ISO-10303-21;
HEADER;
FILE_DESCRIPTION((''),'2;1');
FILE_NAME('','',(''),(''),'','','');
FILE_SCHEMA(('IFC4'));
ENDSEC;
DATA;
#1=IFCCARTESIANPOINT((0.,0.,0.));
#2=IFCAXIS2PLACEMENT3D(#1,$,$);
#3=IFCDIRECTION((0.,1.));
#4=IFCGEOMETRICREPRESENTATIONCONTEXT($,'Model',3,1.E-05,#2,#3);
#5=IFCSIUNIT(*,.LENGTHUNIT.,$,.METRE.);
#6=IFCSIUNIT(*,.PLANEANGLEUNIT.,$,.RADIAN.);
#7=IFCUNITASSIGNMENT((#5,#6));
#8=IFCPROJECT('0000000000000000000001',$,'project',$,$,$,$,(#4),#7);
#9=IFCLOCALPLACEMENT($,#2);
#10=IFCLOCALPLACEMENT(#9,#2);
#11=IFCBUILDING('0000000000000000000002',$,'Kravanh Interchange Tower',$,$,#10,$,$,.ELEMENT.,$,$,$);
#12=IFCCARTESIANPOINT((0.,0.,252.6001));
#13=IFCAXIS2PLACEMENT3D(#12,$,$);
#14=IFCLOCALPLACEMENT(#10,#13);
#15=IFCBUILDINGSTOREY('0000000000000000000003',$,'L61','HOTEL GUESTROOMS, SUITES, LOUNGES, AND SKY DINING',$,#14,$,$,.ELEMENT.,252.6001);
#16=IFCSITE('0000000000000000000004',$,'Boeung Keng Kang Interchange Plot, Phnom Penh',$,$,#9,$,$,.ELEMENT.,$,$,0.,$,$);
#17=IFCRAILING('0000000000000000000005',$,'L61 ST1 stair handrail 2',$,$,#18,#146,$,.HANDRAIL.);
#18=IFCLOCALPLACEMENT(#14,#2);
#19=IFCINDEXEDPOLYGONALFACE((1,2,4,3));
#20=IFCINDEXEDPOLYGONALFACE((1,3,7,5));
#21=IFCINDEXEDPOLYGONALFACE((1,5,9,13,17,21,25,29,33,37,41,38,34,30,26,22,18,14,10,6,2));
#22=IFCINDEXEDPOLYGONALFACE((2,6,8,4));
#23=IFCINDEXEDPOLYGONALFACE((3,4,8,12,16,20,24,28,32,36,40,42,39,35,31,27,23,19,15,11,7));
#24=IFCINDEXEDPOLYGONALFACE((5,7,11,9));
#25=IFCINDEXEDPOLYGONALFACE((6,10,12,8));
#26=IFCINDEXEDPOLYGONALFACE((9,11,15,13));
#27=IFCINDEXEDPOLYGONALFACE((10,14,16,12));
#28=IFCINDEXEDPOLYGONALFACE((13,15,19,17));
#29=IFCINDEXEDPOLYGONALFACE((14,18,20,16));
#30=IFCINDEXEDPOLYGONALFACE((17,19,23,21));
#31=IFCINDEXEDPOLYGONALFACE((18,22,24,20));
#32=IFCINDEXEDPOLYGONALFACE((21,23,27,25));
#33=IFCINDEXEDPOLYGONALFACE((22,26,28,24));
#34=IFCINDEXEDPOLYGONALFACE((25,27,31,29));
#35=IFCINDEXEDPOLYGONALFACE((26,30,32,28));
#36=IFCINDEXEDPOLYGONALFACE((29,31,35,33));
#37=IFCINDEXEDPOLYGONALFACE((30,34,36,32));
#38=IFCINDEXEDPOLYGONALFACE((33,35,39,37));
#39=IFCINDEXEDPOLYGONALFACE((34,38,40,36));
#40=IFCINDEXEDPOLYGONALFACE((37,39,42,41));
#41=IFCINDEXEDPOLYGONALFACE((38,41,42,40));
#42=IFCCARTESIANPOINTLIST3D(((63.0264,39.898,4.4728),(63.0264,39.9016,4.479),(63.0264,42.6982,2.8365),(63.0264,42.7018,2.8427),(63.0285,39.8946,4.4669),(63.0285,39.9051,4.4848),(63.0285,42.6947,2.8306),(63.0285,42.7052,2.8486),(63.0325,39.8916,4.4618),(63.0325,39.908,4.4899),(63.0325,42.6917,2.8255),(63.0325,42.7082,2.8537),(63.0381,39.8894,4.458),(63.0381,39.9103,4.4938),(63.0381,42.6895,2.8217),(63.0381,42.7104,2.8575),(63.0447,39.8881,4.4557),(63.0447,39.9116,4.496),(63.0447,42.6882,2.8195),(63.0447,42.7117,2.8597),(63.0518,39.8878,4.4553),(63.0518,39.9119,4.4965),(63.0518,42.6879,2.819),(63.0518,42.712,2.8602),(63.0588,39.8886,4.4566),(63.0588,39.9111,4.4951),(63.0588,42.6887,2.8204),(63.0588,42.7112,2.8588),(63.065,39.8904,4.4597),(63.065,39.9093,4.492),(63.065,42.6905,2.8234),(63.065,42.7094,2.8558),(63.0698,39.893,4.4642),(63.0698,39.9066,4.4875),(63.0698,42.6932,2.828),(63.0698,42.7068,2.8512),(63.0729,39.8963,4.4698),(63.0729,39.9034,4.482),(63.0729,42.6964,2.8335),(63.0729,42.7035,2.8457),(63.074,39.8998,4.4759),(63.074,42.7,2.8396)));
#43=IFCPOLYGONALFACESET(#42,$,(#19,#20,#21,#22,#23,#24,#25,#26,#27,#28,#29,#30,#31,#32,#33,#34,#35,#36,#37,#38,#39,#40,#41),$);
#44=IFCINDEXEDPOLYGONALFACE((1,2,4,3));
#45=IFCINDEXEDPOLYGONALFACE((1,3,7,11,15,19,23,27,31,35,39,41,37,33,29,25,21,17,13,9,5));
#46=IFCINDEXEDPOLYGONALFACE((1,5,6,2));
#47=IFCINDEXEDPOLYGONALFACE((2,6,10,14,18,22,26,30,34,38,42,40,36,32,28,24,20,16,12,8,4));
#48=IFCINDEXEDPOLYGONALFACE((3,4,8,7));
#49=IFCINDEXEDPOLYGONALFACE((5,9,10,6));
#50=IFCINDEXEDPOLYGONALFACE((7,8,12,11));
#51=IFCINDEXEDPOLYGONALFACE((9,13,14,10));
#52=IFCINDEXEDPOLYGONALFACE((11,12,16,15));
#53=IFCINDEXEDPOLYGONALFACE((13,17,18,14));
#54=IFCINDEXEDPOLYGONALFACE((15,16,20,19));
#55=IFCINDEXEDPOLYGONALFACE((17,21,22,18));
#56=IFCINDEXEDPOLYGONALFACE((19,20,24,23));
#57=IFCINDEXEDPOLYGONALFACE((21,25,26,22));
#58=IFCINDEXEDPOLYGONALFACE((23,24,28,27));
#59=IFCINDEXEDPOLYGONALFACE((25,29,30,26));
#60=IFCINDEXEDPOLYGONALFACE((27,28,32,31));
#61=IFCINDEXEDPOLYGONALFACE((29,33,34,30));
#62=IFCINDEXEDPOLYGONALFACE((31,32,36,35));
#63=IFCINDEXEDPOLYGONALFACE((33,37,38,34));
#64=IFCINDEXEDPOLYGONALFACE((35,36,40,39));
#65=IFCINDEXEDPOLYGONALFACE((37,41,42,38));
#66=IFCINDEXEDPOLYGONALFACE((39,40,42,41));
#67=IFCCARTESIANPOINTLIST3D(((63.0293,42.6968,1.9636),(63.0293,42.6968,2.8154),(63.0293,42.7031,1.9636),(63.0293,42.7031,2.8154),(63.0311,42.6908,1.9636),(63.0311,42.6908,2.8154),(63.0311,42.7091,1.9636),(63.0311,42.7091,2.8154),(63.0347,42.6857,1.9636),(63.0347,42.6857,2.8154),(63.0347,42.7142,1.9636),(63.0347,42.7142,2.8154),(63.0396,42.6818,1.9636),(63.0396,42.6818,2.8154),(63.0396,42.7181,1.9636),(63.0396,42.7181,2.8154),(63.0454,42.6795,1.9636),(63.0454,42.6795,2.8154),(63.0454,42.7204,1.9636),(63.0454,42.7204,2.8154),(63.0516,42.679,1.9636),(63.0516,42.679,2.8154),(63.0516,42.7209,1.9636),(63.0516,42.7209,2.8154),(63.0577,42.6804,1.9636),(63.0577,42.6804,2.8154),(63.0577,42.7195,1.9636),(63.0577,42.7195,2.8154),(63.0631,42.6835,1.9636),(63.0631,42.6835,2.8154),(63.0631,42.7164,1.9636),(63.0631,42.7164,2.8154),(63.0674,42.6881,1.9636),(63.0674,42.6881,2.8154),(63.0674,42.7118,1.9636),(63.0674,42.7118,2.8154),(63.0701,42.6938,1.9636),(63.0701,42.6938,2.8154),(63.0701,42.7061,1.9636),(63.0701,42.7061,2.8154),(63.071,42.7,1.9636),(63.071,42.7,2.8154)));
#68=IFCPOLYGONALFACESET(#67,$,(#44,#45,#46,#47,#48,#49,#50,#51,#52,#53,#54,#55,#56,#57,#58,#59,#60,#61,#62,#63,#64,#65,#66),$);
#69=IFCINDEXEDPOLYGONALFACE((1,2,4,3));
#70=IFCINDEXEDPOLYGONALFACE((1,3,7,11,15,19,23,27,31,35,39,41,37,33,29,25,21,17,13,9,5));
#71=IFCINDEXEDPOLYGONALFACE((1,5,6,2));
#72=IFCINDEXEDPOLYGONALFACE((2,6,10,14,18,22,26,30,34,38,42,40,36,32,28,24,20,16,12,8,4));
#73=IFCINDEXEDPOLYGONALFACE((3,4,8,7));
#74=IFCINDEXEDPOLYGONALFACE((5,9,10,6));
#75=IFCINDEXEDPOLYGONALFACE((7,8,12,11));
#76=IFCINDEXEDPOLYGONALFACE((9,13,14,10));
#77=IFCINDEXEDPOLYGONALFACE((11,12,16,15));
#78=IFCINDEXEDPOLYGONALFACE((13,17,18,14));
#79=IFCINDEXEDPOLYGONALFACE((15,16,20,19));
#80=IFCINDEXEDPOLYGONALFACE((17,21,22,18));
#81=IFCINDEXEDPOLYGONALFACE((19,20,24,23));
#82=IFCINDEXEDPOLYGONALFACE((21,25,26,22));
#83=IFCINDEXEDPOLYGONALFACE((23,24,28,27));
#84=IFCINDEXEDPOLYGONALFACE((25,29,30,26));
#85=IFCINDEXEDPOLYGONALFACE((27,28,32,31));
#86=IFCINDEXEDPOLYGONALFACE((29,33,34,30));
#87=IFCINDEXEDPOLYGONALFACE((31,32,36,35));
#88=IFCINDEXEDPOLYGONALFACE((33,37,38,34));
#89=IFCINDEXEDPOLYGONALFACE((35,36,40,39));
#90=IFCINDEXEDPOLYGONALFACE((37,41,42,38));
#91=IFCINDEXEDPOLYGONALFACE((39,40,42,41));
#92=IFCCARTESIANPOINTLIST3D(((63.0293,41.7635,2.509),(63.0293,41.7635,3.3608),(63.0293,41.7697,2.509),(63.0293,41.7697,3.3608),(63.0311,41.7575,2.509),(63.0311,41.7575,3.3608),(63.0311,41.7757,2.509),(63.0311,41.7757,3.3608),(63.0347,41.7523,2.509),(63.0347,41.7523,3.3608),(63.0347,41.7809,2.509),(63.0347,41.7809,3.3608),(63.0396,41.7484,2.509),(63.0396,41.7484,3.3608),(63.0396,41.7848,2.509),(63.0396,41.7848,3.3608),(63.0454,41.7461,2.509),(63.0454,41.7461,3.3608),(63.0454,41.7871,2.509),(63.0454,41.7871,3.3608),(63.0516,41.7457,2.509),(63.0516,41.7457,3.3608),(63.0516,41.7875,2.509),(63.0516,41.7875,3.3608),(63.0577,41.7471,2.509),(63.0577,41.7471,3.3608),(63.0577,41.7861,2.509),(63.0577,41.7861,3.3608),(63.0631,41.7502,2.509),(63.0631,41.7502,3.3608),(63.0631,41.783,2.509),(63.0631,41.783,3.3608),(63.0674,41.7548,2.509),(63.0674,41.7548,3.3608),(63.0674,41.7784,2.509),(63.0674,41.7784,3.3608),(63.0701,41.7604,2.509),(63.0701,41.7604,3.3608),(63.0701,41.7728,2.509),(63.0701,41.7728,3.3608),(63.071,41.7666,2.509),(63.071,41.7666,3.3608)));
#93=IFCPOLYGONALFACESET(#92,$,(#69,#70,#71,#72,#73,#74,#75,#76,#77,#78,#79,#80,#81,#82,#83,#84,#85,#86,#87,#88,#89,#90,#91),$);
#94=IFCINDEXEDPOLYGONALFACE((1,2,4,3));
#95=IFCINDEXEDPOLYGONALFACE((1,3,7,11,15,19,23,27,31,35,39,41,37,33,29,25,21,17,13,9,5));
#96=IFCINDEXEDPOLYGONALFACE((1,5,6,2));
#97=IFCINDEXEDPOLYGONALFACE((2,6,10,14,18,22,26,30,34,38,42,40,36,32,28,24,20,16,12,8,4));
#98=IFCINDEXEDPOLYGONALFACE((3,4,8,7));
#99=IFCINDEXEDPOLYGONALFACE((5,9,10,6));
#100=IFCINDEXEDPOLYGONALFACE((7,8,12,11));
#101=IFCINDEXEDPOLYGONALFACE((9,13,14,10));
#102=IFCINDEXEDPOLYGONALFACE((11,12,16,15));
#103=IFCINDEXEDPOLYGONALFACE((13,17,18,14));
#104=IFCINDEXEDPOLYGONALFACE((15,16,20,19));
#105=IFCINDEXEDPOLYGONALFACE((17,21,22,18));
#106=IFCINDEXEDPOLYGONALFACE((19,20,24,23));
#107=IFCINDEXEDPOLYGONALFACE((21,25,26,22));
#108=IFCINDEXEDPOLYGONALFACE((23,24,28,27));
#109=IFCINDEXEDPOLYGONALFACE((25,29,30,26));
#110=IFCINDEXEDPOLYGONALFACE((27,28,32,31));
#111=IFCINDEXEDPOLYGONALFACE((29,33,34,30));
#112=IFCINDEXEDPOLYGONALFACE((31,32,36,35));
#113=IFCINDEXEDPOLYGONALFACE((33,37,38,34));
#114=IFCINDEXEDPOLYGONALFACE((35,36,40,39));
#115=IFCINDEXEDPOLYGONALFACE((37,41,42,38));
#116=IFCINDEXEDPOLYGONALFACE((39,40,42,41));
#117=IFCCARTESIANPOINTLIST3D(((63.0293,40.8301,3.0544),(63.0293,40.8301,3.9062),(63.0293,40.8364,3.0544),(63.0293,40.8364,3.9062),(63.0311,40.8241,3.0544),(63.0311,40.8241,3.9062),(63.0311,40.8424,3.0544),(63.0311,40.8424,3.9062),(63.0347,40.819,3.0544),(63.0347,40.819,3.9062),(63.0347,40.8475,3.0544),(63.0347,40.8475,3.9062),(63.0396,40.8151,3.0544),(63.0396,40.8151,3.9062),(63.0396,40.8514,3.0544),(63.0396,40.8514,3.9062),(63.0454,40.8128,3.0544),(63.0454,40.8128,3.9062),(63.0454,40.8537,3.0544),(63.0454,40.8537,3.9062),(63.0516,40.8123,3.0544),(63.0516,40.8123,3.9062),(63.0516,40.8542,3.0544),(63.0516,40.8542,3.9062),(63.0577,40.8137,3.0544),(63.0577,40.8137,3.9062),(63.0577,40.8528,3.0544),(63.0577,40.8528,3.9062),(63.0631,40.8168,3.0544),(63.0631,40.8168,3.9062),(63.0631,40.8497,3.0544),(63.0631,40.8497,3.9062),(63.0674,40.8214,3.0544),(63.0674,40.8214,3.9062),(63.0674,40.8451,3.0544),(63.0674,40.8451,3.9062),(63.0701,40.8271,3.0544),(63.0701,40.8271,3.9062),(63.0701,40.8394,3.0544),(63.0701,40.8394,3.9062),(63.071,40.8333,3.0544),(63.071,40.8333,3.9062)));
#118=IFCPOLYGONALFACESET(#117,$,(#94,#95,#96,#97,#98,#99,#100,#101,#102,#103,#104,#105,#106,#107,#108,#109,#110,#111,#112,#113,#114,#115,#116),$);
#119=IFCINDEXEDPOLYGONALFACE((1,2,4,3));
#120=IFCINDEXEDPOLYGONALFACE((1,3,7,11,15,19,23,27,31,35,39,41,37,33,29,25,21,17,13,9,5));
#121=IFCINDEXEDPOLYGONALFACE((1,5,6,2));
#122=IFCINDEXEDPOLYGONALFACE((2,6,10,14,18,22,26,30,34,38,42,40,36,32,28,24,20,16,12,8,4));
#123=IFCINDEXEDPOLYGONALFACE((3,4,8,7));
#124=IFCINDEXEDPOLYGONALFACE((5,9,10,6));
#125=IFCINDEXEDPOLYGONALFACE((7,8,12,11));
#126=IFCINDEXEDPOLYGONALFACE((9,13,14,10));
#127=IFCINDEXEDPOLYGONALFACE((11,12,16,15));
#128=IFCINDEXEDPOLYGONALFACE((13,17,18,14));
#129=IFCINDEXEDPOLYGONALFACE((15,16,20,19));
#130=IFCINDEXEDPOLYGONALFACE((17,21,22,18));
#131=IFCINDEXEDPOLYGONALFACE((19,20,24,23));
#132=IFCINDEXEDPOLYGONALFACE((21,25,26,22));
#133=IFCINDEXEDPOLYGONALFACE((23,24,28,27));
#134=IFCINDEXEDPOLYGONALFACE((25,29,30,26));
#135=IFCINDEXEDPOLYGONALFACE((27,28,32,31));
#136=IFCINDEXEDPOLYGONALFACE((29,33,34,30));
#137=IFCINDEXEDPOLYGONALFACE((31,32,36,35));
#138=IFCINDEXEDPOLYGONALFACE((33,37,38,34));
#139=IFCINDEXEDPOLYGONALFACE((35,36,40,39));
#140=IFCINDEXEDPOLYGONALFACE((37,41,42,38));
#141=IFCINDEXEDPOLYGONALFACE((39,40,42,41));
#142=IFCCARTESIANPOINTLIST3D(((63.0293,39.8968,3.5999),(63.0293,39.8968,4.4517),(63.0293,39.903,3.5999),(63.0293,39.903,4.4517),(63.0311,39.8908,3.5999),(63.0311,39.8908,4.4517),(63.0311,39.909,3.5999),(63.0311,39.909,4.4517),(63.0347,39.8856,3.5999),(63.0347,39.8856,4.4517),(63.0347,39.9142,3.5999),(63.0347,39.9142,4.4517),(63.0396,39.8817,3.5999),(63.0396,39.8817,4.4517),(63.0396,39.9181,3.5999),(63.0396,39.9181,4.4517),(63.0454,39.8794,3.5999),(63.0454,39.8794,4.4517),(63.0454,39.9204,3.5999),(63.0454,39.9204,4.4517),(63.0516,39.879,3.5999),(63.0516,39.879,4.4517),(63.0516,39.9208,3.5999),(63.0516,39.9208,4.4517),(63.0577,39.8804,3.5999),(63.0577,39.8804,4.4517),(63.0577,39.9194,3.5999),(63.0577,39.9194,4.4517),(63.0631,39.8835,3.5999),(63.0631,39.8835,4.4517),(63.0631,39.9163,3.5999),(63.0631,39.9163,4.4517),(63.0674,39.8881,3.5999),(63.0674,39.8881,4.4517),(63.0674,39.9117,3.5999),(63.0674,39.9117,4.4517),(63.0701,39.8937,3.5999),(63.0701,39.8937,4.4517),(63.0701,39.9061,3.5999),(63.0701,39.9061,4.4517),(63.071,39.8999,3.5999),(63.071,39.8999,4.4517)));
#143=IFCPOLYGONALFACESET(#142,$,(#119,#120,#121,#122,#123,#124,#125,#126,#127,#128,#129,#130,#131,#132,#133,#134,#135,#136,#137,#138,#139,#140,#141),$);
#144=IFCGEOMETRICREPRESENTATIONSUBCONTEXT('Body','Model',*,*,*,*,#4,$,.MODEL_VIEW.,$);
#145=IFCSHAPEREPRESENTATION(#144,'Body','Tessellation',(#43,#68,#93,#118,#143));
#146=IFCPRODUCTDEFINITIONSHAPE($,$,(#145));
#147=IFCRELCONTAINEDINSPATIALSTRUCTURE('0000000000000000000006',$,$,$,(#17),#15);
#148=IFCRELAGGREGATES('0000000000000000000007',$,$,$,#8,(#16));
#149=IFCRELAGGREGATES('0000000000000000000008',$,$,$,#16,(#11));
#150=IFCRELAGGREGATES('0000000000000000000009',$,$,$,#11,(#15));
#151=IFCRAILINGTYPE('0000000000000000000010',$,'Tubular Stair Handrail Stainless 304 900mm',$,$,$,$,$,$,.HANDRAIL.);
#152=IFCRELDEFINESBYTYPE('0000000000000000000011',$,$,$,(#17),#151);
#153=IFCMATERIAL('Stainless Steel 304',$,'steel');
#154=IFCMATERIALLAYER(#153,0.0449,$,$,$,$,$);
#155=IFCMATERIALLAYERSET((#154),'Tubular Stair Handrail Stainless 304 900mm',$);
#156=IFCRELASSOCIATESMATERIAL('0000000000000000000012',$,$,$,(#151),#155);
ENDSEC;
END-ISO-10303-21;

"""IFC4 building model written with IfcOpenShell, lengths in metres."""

from ifc_helpers import new_model, si_unit, direction, frame, origin, origin_2d, place, context, subcontext, project, spatial, circle, extrude, material, layer, layer_set, type_object, element, save


model = new_model("IFC4")

# Units and contexts
model_context = context("Model", 3, precision=1e-05, world=origin(), true_north=direction((0.0, 1.0)))
body_context = subcontext(model_context, "Body", "Model", "MODEL_VIEW")
ifc_project = project(units=[si_unit("LENGTHUNIT", "METRE"), si_unit("PLANEANGLEUNIT", "RADIAN")], contexts=[model_context])

# Site, building, storey
site_placement = place(None, origin())
site = spatial("IfcSite", under=ifc_project, at=site_placement, Name="Boeung Keng Kang Interchange Plot, Phnom Penh", CompositionType="ELEMENT", RefElevation=0.0)
building_placement = place(site_placement, origin())
building = spatial("IfcBuilding", under=site, at=building_placement, Name="Kravanh Interchange Tower", CompositionType="ELEMENT")
storey_placement = place(building_placement, frame((0.0, 0.0, 252.6001)))
storey = spatial("IfcBuildingStorey", under=building, at=storey_placement, Name="L61", Description="HOTEL GUESTROOMS, SUITES, LOUNGES, AND SKY DINING", CompositionType="ELEMENT", Elevation=252.6001)

# Railing
ifc_material_1 = material(Name="Stainless Steel 304", Category="steel")
ifc_layer_1 = layer(ifc_material_1, 0.0449)
ifc_layer_set_1 = layer_set([ifc_layer_1], Name="Tubular Stair Handrail Stainless 304 900mm")
railing_type_1 = type_object("IfcRailingType", Name="Tubular Stair Handrail Stainless 304 900mm", PredefinedType="HANDRAIL", material=ifc_layer_set_1)
railing_1_placement = place(storey_placement, frame((63.05, 42.7, 1.9636)))
element("IfcRailing", 1, at=railing_1_placement, inside=storey, type_object=railing_type_1, Name="L61 ST1 stair handrail 2", PredefinedType="HANDRAIL", context=body_context, shape_type="SweptSolid", body=[
    extrude(circle(Radius=0.0239, at=origin_2d()), frame((0.0, 0.0, 0.876), z_axis=(0.0, -0.863394, 0.504531), x_axis=(1.0, 0.0, 0.0)), (0.0, 0.0, 1.0), 3.2432),
    extrude(circle(Radius=0.021, at=origin_2d()), origin(), (0.0, 0.0, 1.0), 0.8518),
    extrude(circle(Radius=0.021, at=origin_2d()), frame((0.0, -0.9333, 0.5454)), (0.0, 0.0, 1.0), 0.8518),
    extrude(circle(Radius=0.021, at=origin_2d()), frame((0.0, -1.8667, 1.0908)), (0.0, 0.0, 1.0), 0.8518),
    extrude(circle(Radius=0.021, at=origin_2d()), frame((0.0, -2.8, 1.6362)), (0.0, 0.0, 1.0), 0.8518),
])

save(model, "model.ifc")
